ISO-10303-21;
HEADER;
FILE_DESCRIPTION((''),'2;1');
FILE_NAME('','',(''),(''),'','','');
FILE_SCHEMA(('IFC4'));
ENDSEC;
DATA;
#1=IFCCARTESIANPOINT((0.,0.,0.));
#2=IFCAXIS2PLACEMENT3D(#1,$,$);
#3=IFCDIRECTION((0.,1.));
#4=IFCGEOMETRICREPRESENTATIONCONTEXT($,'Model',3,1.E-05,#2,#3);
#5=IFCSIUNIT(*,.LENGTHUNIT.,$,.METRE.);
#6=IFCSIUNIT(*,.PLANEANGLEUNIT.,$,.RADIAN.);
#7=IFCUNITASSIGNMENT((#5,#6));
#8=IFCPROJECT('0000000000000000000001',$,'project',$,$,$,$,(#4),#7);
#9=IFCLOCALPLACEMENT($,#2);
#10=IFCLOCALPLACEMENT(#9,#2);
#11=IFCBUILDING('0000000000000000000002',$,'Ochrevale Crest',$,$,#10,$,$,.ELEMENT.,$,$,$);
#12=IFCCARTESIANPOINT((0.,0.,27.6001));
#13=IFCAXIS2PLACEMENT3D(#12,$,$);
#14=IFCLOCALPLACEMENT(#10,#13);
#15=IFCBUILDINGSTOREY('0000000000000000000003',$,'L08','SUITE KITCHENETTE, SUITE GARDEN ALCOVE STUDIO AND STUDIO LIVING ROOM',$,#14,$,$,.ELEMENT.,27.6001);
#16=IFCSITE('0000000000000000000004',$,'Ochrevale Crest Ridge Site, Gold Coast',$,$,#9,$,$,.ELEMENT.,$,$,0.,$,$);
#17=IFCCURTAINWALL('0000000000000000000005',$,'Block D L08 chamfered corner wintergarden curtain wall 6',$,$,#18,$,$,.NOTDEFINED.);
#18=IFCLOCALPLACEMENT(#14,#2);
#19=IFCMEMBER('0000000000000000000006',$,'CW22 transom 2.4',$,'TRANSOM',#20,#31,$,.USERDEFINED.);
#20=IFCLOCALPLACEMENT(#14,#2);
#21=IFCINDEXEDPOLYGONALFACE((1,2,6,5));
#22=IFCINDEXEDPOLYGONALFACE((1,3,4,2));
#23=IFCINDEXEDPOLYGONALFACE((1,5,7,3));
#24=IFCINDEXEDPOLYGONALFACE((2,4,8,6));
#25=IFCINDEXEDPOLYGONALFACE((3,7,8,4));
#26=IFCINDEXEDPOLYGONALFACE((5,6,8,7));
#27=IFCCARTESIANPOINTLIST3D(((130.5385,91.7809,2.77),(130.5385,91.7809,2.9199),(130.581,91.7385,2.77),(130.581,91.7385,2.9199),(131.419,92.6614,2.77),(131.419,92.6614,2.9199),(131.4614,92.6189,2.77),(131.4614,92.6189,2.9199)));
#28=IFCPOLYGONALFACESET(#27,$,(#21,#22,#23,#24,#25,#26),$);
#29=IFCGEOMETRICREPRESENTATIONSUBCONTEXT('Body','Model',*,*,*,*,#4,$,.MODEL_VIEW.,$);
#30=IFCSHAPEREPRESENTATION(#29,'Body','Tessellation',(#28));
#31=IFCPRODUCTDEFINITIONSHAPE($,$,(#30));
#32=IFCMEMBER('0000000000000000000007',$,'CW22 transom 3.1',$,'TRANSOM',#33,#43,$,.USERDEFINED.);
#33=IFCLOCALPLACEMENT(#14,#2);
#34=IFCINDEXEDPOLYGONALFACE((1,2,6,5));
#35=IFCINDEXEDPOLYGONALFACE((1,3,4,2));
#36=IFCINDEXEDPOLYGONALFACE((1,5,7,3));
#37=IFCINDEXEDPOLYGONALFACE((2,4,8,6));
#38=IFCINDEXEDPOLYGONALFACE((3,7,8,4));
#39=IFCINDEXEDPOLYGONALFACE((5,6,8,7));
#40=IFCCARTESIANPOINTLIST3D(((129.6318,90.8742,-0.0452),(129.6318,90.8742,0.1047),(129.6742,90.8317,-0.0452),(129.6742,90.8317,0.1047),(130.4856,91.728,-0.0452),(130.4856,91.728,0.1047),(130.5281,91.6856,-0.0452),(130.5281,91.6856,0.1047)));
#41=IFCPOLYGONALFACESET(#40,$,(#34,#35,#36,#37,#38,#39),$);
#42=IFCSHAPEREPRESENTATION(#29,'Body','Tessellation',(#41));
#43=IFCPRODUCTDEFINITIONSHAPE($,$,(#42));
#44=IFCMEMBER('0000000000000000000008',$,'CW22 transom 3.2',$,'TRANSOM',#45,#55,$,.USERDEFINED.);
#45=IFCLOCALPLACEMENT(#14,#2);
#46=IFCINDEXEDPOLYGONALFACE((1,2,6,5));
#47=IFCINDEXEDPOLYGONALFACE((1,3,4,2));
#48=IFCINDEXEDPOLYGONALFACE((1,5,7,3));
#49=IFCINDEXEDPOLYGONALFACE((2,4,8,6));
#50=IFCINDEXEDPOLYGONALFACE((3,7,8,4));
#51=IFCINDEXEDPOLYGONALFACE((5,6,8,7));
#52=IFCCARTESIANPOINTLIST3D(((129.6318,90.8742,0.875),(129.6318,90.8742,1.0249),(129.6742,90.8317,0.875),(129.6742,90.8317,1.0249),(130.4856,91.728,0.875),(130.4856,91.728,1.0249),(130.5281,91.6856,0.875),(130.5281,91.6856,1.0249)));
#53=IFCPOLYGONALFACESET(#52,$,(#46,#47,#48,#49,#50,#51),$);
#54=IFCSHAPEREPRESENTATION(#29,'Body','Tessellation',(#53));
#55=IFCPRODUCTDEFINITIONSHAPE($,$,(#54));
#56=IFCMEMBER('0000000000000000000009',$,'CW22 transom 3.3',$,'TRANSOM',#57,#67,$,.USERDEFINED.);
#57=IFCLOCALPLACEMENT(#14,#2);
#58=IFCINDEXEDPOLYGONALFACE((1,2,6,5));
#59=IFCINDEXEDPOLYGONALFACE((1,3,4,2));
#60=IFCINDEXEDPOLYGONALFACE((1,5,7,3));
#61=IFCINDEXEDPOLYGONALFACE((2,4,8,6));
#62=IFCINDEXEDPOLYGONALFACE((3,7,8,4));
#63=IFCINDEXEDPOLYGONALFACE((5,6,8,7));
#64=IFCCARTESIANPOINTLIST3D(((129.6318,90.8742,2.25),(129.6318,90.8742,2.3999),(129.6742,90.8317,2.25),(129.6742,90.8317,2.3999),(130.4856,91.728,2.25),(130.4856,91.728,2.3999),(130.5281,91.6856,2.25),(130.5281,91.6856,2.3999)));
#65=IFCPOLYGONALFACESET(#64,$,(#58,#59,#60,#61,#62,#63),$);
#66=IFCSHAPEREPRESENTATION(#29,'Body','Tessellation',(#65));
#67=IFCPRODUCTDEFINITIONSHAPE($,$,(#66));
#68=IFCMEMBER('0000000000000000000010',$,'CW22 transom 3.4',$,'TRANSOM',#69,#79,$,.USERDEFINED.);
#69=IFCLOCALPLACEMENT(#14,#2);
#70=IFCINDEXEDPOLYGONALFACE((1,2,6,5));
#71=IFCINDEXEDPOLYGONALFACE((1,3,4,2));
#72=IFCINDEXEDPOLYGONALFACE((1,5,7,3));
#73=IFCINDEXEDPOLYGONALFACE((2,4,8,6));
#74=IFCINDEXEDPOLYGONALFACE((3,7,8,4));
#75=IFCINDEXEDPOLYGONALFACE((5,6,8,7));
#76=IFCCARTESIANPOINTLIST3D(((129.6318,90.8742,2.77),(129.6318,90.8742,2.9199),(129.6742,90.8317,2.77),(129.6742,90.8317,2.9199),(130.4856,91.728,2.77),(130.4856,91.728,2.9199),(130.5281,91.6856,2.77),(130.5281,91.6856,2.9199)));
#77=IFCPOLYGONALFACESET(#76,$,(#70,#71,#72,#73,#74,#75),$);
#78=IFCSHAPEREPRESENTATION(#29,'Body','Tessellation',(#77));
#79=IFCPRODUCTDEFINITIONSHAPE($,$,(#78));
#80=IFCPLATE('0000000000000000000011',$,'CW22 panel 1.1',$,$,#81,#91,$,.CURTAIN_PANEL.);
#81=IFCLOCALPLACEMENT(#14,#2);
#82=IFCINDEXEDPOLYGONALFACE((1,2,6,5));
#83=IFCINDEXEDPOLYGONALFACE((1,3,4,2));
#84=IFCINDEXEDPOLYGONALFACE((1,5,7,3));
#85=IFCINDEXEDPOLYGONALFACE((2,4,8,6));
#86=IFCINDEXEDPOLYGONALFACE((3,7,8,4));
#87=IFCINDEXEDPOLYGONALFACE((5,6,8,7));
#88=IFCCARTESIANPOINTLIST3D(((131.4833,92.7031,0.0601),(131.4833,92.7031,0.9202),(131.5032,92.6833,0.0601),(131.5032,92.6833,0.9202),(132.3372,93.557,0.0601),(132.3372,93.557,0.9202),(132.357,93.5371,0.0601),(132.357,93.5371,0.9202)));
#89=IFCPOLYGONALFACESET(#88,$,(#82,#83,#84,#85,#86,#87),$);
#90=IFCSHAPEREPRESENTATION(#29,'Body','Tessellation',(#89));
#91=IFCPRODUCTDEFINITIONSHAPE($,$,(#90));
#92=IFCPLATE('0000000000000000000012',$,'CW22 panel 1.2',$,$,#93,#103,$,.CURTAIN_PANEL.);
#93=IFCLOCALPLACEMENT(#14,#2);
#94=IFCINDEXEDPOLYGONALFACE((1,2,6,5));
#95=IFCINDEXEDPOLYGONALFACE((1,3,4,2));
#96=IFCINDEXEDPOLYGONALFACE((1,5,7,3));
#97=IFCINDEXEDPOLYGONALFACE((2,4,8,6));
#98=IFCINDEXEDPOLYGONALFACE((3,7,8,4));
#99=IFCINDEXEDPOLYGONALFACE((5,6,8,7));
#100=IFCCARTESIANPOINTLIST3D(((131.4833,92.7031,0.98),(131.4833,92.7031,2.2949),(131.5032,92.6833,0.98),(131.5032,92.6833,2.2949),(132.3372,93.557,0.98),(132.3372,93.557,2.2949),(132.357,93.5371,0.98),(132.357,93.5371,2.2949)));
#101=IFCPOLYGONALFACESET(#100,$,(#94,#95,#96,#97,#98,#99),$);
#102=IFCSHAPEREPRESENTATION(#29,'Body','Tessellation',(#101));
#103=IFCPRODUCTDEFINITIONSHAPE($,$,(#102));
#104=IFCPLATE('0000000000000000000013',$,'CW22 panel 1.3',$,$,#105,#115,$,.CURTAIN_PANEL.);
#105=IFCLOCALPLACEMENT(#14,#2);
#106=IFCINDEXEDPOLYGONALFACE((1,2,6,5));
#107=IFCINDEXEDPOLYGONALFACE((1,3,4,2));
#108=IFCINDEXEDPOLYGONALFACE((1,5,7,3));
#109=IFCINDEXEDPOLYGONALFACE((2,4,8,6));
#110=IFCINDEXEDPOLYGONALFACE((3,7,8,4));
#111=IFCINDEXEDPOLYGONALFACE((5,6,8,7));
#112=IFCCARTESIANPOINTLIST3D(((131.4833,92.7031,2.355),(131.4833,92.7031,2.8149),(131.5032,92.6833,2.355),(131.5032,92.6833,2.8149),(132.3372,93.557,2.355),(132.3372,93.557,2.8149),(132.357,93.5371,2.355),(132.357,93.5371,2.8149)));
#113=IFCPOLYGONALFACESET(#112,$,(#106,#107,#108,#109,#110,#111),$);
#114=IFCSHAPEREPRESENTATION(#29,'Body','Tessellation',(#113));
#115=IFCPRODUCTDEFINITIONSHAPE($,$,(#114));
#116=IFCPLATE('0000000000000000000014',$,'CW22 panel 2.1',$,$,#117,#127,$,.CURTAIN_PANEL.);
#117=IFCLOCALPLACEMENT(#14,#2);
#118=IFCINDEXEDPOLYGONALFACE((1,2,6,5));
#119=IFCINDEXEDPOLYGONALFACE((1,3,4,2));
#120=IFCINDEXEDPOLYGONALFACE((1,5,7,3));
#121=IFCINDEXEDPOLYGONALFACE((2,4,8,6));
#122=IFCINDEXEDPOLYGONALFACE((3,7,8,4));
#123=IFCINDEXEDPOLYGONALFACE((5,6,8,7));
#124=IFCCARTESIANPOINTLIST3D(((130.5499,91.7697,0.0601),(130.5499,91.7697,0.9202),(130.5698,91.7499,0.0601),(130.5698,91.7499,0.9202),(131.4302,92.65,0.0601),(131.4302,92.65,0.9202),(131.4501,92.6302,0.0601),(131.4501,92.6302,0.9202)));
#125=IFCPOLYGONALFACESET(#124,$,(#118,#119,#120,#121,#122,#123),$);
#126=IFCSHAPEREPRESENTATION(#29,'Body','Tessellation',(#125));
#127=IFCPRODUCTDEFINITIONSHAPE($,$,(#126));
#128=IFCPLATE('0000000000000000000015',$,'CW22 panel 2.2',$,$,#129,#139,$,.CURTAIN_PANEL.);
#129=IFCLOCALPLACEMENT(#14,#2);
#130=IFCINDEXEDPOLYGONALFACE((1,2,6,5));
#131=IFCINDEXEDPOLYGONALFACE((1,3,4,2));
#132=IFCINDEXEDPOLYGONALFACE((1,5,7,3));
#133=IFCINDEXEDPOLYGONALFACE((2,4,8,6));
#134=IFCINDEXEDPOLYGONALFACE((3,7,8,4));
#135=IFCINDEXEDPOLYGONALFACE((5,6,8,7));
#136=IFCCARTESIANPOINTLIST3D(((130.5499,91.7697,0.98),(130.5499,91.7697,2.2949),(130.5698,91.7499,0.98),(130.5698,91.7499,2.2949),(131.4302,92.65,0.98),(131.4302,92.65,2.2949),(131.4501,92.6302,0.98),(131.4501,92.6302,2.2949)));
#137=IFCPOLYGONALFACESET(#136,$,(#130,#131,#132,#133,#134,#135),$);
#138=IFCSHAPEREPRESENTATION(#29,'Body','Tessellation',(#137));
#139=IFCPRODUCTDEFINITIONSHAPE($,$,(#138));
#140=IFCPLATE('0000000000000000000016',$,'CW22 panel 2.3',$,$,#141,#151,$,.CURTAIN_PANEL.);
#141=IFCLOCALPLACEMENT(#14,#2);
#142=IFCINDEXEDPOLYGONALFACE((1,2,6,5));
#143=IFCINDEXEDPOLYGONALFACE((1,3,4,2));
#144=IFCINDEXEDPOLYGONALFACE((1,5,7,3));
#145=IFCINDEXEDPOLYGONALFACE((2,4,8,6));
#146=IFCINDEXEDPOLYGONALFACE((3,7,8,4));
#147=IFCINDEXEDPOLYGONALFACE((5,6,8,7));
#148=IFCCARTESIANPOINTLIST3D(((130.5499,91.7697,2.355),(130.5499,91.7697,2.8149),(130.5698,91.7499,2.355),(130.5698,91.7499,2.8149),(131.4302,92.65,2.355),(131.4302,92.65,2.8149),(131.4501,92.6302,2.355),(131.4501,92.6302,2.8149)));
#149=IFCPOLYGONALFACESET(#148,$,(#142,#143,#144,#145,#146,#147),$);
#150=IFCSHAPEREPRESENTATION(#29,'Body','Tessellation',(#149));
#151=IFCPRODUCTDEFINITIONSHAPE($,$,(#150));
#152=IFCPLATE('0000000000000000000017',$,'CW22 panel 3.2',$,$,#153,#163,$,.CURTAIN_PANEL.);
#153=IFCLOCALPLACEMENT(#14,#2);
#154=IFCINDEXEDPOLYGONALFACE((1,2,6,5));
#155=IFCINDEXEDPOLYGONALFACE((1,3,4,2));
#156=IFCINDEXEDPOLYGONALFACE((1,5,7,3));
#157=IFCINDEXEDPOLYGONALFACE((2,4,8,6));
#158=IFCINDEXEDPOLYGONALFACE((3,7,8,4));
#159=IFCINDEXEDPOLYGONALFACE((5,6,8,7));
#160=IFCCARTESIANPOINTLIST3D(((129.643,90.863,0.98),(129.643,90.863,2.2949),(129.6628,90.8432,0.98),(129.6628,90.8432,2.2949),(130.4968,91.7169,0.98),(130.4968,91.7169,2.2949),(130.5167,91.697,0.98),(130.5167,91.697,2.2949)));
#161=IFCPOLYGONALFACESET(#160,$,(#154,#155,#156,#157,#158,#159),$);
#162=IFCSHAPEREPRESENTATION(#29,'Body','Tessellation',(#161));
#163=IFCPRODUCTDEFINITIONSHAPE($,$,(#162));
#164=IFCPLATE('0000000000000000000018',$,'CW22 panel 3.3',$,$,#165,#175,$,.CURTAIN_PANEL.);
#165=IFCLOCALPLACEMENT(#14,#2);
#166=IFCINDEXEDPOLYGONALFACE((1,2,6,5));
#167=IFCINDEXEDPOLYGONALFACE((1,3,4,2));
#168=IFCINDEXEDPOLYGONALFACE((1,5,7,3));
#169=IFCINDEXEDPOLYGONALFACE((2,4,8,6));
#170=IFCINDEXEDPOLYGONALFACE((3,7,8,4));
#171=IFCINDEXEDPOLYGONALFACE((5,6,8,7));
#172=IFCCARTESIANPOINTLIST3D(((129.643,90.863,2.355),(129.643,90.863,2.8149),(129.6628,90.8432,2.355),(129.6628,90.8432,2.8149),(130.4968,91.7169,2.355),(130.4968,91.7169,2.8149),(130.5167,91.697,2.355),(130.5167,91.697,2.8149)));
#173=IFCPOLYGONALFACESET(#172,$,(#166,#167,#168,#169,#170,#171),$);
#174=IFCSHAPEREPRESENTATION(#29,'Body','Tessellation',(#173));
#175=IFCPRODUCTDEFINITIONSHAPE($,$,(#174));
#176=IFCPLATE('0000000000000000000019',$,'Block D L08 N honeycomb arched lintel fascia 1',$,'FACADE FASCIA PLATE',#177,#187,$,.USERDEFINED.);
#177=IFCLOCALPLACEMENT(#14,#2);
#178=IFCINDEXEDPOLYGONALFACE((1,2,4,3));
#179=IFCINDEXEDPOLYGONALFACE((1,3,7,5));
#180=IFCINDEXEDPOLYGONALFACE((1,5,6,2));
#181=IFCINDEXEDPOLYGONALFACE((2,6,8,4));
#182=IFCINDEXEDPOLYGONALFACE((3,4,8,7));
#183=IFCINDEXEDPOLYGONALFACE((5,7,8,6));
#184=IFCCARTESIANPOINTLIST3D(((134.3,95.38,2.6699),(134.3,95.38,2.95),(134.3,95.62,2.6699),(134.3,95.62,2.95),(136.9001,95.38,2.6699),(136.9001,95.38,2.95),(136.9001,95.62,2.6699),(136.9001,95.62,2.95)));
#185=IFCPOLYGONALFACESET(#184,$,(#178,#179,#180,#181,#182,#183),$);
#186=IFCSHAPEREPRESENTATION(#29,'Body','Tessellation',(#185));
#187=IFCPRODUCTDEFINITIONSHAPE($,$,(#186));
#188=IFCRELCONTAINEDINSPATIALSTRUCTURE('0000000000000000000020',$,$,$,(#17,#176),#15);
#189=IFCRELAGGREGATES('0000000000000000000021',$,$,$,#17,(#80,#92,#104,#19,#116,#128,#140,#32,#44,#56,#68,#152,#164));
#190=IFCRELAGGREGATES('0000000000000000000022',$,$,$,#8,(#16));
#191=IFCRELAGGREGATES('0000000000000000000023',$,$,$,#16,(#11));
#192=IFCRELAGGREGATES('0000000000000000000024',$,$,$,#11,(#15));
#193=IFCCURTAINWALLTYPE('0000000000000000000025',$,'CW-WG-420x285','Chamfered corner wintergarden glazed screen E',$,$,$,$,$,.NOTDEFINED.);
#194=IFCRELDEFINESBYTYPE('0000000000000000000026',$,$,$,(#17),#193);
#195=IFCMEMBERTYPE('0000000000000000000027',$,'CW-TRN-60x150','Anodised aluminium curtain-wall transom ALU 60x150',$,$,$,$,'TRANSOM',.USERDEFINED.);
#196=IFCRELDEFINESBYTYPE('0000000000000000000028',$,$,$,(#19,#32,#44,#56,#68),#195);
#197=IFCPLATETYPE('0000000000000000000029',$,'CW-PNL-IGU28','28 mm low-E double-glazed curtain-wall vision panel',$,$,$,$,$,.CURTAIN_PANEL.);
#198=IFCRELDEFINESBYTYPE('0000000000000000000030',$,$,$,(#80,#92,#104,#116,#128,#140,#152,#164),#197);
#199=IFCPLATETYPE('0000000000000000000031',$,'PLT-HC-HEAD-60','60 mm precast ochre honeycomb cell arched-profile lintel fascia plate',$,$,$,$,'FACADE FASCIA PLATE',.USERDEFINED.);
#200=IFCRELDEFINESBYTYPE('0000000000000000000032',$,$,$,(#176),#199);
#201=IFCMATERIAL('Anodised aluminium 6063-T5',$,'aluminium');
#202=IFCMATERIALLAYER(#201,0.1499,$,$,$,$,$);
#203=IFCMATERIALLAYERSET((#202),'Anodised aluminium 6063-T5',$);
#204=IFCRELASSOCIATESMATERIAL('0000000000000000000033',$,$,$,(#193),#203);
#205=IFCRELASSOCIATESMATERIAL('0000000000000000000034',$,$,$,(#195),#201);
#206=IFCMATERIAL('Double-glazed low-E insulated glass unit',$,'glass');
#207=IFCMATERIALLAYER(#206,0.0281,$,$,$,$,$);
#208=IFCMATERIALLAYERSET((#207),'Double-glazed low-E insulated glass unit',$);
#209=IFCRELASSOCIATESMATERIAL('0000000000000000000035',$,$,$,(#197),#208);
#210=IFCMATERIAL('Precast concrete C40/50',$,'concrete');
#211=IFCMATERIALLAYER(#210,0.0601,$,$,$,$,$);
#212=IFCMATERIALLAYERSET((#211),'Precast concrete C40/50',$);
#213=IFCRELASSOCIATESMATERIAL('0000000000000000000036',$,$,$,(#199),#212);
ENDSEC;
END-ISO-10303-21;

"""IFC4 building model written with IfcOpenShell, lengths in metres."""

from ifc_helpers import new_model, si_unit, direction, frame, origin, origin_2d, place, context, subcontext, project, spatial, rectangle, extrude, material, layer, layer_set, material_profile, profile_set, type_object, element, aggregate, save


model = new_model("IFC4")

# Units and contexts
model_context = context("Model", 3, precision=1e-05, world=origin(), true_north=direction((0.0, 1.0)))
body_context = subcontext(model_context, "Body", "Model", "MODEL_VIEW")
ifc_project = project(units=[si_unit("LENGTHUNIT", "METRE"), si_unit("PLANEANGLEUNIT", "RADIAN")], contexts=[model_context])

# Site, building, storey
site_placement = place(None, origin())
site = spatial("IfcSite", under=ifc_project, at=site_placement, Name="Ochrevale Crest Ridge Site, Gold Coast", CompositionType="ELEMENT", RefElevation=0.0)
building_placement = place(site_placement, origin())
building = spatial("IfcBuilding", under=site, at=building_placement, Name="Ochrevale Crest", CompositionType="ELEMENT")
storey_placement = place(building_placement, frame((0.0, 0.0, 27.6001)))
storey = spatial("IfcBuildingStorey", under=building, at=storey_placement, Name="L08", Description="SUITE KITCHENETTE, SUITE GARDEN ALCOVE STUDIO AND STUDIO LIVING ROOM", CompositionType="ELEMENT", Elevation=27.6001)

# Curtain wall, members, plates
ifc_material_1 = material(Name="Anodised aluminium 6063-T5", Category="aluminium")
ifc_layer_1 = layer(ifc_material_1, 0.1499)
ifc_layer_set_1 = layer_set([ifc_layer_1], Name="Anodised aluminium 6063-T5")
curtain_wall_type = type_object("IfcCurtainWallType", Name="CW-WG-420x285", Description="Chamfered corner wintergarden glazed screen E", PredefinedType="NOTDEFINED", material=ifc_layer_set_1)
curtain_wall_placement = place(storey_placement, origin())
curtain_wall = element("IfcCurtainWall", 1, at=curtain_wall_placement, inside=storey, type_object=curtain_wall_type, Name="Block D L08 chamfered corner wintergarden curtain wall 6", PredefinedType="NOTDEFINED")
ifc_material_profile_1 = material_profile(ifc_material_1, rectangle(XDim=0.0601, YDim=0.1499, at=origin_2d()), Name="ALU 60x150")
ifc_profile_set_1 = profile_set([ifc_material_profile_1], Name="Anodised aluminium 6063-T5")
member_type_1 = type_object("IfcMemberType", Name="CW-TRN-60x150", Description="Anodised aluminium curtain-wall transom ALU 60x150", ElementType="TRANSOM", PredefinedType="USERDEFINED", material=ifc_profile_set_1)
member_1_placement = place(storey_placement, frame((131.4402, 92.6401, 2.845), z_axis=(-0.707107, -0.707107, 0.0), x_axis=(0.707107, -0.707107, 0.0)))
member_1 = element("IfcMember", 2, at=member_1_placement, type_object=member_type_1, Name="CW22 transom 2.4", ObjectType="TRANSOM", PredefinedType="USERDEFINED", context=body_context, shape_type="SweptSolid", body=[
    extrude(rectangle(XDim=0.0601, YDim=0.1499, at=origin_2d()), origin(), (0.0, 0.0, 1.0), 1.2451),
])
member_2_placement = place(storey_placement, frame((130.5068, 91.7068, 0.0298), z_axis=(-0.707107, -0.707107, 0.0), x_axis=(0.707107, -0.707107, 0.0)))
member_2 = element("IfcMember", 3, at=member_2_placement, type_object=member_type_1, Name="CW22 transom 3.1", ObjectType="TRANSOM", PredefinedType="USERDEFINED", context=body_context, shape_type="SweptSolid", body=[
    extrude(rectangle(XDim=0.0601, YDim=0.1499, at=origin_2d()), origin(), (0.0, 0.0, 1.0), 1.2075),
])
member_3_placement = place(storey_placement, frame((130.5068, 91.7068, 0.95), z_axis=(-0.707107, -0.707107, 0.0), x_axis=(0.707107, -0.707107, 0.0)))
member_3 = element("IfcMember", 4, at=member_3_placement, type_object=member_type_1, Name="CW22 transom 3.2", ObjectType="TRANSOM", PredefinedType="USERDEFINED", context=body_context, shape_type="SweptSolid", body=[
    extrude(rectangle(XDim=0.0601, YDim=0.1499, at=origin_2d()), origin(), (0.0, 0.0, 1.0), 1.2075),
])
member_4_placement = place(storey_placement, frame((130.5068, 91.7068, 2.325), z_axis=(-0.707107, -0.707107, 0.0), x_axis=(0.707107, -0.707107, 0.0)))
member_4 = element("IfcMember", 5, at=member_4_placement, type_object=member_type_1, Name="CW22 transom 3.3", ObjectType="TRANSOM", PredefinedType="USERDEFINED", context=body_context, shape_type="SweptSolid", body=[
    extrude(rectangle(XDim=0.0601, YDim=0.1499, at=origin_2d()), origin(), (0.0, 0.0, 1.0), 1.2075),
])
member_5_placement = place(storey_placement, frame((130.5068, 91.7068, 2.845), z_axis=(-0.707107, -0.707107, 0.0), x_axis=(0.707107, -0.707107, 0.0)))
member_5 = element("IfcMember", 6, at=member_5_placement, type_object=member_type_1, Name="CW22 transom 3.4", ObjectType="TRANSOM", PredefinedType="USERDEFINED", context=body_context, shape_type="SweptSolid", body=[
    extrude(rectangle(XDim=0.0601, YDim=0.1499, at=origin_2d()), origin(), (0.0, 0.0, 1.0), 1.2075),
])
ifc_material_2 = material(Name="Double-glazed low-E insulated glass unit", Category="glass")
ifc_layer_2 = layer(ifc_material_2, 0.0281)
ifc_layer_set_2 = layer_set([ifc_layer_2], Name="Double-glazed low-E insulated glass unit")
plate_type_1 = type_object("IfcPlateType", Name="CW-PNL-IGU28", Description="28 mm low-E double-glazed curtain-wall vision panel", PredefinedType="CURTAIN_PANEL", material=ifc_layer_set_2)
plate_1_placement = place(storey_placement, frame((131.9202, 93.1201, 0.0601), z_axis=(0.0, 0.0, 1.0), x_axis=(-0.707107, -0.707107, 0.0)))
plate_1 = element("IfcPlate", 7, at=plate_1_placement, type_object=plate_type_1, Name="CW22 panel 1.1", PredefinedType="CURTAIN_PANEL", context=body_context, shape_type="SweptSolid", body=[
    extrude(rectangle(XDim=1.2075, YDim=0.0281, at=origin_2d()), origin(), (0.0, 0.0, 1.0), 0.8601),
])
plate_2_placement = place(storey_placement, frame((131.9202, 93.1201, 0.98), z_axis=(0.0, 0.0, 1.0), x_axis=(-0.707107, -0.707107, 0.0)))
plate_2 = element("IfcPlate", 8, at=plate_2_placement, type_object=plate_type_1, Name="CW22 panel 1.2", PredefinedType="CURTAIN_PANEL", context=body_context, shape_type="SweptSolid", body=[
    extrude(rectangle(XDim=1.2075, YDim=0.0281, at=origin_2d()), origin(), (0.0, 0.0, 1.0), 1.3149),
])
plate_3_placement = place(storey_placement, frame((131.9202, 93.1201, 2.355), z_axis=(0.0, 0.0, 1.0), x_axis=(-0.707107, -0.707107, 0.0)))
plate_3 = element("IfcPlate", 9, at=plate_3_placement, type_object=plate_type_1, Name="CW22 panel 1.3", PredefinedType="CURTAIN_PANEL", context=body_context, shape_type="SweptSolid", body=[
    extrude(rectangle(XDim=1.2075, YDim=0.0281, at=origin_2d()), origin(), (0.0, 0.0, 1.0), 0.46),
])
plate_4_placement = place(storey_placement, frame((131.0, 92.2, 0.0601), z_axis=(0.0, 0.0, 1.0), x_axis=(-0.707107, -0.707107, 0.0)))
plate_4 = element("IfcPlate", 10, at=plate_4_placement, type_object=plate_type_1, Name="CW22 panel 2.1", PredefinedType="CURTAIN_PANEL", context=body_context, shape_type="SweptSolid", body=[
    extrude(rectangle(XDim=1.2449, YDim=0.0281, at=origin_2d()), origin(), (0.0, 0.0, 1.0), 0.8601),
])
plate_5_placement = place(storey_placement, frame((131.0, 92.2, 0.98), z_axis=(0.0, 0.0, 1.0), x_axis=(-0.707107, -0.707107, 0.0)))
plate_5 = element("IfcPlate", 11, at=plate_5_placement, type_object=plate_type_1, Name="CW22 panel 2.2", PredefinedType="CURTAIN_PANEL", context=body_context, shape_type="SweptSolid", body=[
    extrude(rectangle(XDim=1.2449, YDim=0.0281, at=origin_2d()), origin(), (0.0, 0.0, 1.0), 1.3149),
])
plate_6_placement = place(storey_placement, frame((131.0, 92.2, 2.355), z_axis=(0.0, 0.0, 1.0), x_axis=(-0.707107, -0.707107, 0.0)))
plate_6 = element("IfcPlate", 12, at=plate_6_placement, type_object=plate_type_1, Name="CW22 panel 2.3", PredefinedType="CURTAIN_PANEL", context=body_context, shape_type="SweptSolid", body=[
    extrude(rectangle(XDim=1.2449, YDim=0.0281, at=origin_2d()), origin(), (0.0, 0.0, 1.0), 0.46),
])
plate_7_placement = place(storey_placement, frame((130.0798, 91.28, 0.98), z_axis=(0.0, 0.0, 1.0), x_axis=(-0.707107, -0.707107, 0.0)))
plate_7 = element("IfcPlate", 13, at=plate_7_placement, type_object=plate_type_1, Name="CW22 panel 3.2", PredefinedType="CURTAIN_PANEL", context=body_context, shape_type="SweptSolid", body=[
    extrude(rectangle(XDim=1.2075, YDim=0.0281, at=origin_2d()), origin(), (0.0, 0.0, 1.0), 1.3149),
])
plate_8_placement = place(storey_placement, frame((130.0798, 91.28, 2.355), z_axis=(0.0, 0.0, 1.0), x_axis=(-0.707107, -0.707107, 0.0)))
plate_8 = element("IfcPlate", 14, at=plate_8_placement, type_object=plate_type_1, Name="CW22 panel 3.3", PredefinedType="CURTAIN_PANEL", context=body_context, shape_type="SweptSolid", body=[
    extrude(rectangle(XDim=1.2075, YDim=0.0281, at=origin_2d()), origin(), (0.0, 0.0, 1.0), 0.46),
])
aggregate(curtain_wall, [plate_1, plate_2, plate_3, member_1, plate_4, plate_5, plate_6, member_2, member_3, member_4, member_5, plate_7, plate_8])

# Plate
ifc_material_3 = material(Name="Precast concrete C40/50", Category="concrete")
ifc_layer_3 = layer(ifc_material_3, 0.0601)
ifc_layer_set_3 = layer_set([ifc_layer_3], Name="Precast concrete C40/50")
plate_type_2 = type_object("IfcPlateType", Name="PLT-HC-HEAD-60", Description="60 mm precast ochre honeycomb cell arched-profile lintel fascia plate", ElementType="FACADE FASCIA PLATE", PredefinedType="USERDEFINED", material=ifc_layer_set_3)
plate_9_placement = place(storey_placement, frame((135.6001, 95.5, 2.6699), z_axis=(0.0, 0.0, 1.0), x_axis=(1.0, 0.0, 0.0)))
element("IfcPlate", 15, at=plate_9_placement, inside=storey, type_object=plate_type_2, Name="Block D L08 N honeycomb arched lintel fascia 1", ObjectType="FACADE FASCIA PLATE", PredefinedType="USERDEFINED", context=body_context, shape_type="SweptSolid", body=[
    extrude(rectangle(XDim=2.6001, YDim=0.24, at=origin_2d()), origin(), (0.0, 0.0, 1.0), 0.28),
])

save(model, "model.ifc")
